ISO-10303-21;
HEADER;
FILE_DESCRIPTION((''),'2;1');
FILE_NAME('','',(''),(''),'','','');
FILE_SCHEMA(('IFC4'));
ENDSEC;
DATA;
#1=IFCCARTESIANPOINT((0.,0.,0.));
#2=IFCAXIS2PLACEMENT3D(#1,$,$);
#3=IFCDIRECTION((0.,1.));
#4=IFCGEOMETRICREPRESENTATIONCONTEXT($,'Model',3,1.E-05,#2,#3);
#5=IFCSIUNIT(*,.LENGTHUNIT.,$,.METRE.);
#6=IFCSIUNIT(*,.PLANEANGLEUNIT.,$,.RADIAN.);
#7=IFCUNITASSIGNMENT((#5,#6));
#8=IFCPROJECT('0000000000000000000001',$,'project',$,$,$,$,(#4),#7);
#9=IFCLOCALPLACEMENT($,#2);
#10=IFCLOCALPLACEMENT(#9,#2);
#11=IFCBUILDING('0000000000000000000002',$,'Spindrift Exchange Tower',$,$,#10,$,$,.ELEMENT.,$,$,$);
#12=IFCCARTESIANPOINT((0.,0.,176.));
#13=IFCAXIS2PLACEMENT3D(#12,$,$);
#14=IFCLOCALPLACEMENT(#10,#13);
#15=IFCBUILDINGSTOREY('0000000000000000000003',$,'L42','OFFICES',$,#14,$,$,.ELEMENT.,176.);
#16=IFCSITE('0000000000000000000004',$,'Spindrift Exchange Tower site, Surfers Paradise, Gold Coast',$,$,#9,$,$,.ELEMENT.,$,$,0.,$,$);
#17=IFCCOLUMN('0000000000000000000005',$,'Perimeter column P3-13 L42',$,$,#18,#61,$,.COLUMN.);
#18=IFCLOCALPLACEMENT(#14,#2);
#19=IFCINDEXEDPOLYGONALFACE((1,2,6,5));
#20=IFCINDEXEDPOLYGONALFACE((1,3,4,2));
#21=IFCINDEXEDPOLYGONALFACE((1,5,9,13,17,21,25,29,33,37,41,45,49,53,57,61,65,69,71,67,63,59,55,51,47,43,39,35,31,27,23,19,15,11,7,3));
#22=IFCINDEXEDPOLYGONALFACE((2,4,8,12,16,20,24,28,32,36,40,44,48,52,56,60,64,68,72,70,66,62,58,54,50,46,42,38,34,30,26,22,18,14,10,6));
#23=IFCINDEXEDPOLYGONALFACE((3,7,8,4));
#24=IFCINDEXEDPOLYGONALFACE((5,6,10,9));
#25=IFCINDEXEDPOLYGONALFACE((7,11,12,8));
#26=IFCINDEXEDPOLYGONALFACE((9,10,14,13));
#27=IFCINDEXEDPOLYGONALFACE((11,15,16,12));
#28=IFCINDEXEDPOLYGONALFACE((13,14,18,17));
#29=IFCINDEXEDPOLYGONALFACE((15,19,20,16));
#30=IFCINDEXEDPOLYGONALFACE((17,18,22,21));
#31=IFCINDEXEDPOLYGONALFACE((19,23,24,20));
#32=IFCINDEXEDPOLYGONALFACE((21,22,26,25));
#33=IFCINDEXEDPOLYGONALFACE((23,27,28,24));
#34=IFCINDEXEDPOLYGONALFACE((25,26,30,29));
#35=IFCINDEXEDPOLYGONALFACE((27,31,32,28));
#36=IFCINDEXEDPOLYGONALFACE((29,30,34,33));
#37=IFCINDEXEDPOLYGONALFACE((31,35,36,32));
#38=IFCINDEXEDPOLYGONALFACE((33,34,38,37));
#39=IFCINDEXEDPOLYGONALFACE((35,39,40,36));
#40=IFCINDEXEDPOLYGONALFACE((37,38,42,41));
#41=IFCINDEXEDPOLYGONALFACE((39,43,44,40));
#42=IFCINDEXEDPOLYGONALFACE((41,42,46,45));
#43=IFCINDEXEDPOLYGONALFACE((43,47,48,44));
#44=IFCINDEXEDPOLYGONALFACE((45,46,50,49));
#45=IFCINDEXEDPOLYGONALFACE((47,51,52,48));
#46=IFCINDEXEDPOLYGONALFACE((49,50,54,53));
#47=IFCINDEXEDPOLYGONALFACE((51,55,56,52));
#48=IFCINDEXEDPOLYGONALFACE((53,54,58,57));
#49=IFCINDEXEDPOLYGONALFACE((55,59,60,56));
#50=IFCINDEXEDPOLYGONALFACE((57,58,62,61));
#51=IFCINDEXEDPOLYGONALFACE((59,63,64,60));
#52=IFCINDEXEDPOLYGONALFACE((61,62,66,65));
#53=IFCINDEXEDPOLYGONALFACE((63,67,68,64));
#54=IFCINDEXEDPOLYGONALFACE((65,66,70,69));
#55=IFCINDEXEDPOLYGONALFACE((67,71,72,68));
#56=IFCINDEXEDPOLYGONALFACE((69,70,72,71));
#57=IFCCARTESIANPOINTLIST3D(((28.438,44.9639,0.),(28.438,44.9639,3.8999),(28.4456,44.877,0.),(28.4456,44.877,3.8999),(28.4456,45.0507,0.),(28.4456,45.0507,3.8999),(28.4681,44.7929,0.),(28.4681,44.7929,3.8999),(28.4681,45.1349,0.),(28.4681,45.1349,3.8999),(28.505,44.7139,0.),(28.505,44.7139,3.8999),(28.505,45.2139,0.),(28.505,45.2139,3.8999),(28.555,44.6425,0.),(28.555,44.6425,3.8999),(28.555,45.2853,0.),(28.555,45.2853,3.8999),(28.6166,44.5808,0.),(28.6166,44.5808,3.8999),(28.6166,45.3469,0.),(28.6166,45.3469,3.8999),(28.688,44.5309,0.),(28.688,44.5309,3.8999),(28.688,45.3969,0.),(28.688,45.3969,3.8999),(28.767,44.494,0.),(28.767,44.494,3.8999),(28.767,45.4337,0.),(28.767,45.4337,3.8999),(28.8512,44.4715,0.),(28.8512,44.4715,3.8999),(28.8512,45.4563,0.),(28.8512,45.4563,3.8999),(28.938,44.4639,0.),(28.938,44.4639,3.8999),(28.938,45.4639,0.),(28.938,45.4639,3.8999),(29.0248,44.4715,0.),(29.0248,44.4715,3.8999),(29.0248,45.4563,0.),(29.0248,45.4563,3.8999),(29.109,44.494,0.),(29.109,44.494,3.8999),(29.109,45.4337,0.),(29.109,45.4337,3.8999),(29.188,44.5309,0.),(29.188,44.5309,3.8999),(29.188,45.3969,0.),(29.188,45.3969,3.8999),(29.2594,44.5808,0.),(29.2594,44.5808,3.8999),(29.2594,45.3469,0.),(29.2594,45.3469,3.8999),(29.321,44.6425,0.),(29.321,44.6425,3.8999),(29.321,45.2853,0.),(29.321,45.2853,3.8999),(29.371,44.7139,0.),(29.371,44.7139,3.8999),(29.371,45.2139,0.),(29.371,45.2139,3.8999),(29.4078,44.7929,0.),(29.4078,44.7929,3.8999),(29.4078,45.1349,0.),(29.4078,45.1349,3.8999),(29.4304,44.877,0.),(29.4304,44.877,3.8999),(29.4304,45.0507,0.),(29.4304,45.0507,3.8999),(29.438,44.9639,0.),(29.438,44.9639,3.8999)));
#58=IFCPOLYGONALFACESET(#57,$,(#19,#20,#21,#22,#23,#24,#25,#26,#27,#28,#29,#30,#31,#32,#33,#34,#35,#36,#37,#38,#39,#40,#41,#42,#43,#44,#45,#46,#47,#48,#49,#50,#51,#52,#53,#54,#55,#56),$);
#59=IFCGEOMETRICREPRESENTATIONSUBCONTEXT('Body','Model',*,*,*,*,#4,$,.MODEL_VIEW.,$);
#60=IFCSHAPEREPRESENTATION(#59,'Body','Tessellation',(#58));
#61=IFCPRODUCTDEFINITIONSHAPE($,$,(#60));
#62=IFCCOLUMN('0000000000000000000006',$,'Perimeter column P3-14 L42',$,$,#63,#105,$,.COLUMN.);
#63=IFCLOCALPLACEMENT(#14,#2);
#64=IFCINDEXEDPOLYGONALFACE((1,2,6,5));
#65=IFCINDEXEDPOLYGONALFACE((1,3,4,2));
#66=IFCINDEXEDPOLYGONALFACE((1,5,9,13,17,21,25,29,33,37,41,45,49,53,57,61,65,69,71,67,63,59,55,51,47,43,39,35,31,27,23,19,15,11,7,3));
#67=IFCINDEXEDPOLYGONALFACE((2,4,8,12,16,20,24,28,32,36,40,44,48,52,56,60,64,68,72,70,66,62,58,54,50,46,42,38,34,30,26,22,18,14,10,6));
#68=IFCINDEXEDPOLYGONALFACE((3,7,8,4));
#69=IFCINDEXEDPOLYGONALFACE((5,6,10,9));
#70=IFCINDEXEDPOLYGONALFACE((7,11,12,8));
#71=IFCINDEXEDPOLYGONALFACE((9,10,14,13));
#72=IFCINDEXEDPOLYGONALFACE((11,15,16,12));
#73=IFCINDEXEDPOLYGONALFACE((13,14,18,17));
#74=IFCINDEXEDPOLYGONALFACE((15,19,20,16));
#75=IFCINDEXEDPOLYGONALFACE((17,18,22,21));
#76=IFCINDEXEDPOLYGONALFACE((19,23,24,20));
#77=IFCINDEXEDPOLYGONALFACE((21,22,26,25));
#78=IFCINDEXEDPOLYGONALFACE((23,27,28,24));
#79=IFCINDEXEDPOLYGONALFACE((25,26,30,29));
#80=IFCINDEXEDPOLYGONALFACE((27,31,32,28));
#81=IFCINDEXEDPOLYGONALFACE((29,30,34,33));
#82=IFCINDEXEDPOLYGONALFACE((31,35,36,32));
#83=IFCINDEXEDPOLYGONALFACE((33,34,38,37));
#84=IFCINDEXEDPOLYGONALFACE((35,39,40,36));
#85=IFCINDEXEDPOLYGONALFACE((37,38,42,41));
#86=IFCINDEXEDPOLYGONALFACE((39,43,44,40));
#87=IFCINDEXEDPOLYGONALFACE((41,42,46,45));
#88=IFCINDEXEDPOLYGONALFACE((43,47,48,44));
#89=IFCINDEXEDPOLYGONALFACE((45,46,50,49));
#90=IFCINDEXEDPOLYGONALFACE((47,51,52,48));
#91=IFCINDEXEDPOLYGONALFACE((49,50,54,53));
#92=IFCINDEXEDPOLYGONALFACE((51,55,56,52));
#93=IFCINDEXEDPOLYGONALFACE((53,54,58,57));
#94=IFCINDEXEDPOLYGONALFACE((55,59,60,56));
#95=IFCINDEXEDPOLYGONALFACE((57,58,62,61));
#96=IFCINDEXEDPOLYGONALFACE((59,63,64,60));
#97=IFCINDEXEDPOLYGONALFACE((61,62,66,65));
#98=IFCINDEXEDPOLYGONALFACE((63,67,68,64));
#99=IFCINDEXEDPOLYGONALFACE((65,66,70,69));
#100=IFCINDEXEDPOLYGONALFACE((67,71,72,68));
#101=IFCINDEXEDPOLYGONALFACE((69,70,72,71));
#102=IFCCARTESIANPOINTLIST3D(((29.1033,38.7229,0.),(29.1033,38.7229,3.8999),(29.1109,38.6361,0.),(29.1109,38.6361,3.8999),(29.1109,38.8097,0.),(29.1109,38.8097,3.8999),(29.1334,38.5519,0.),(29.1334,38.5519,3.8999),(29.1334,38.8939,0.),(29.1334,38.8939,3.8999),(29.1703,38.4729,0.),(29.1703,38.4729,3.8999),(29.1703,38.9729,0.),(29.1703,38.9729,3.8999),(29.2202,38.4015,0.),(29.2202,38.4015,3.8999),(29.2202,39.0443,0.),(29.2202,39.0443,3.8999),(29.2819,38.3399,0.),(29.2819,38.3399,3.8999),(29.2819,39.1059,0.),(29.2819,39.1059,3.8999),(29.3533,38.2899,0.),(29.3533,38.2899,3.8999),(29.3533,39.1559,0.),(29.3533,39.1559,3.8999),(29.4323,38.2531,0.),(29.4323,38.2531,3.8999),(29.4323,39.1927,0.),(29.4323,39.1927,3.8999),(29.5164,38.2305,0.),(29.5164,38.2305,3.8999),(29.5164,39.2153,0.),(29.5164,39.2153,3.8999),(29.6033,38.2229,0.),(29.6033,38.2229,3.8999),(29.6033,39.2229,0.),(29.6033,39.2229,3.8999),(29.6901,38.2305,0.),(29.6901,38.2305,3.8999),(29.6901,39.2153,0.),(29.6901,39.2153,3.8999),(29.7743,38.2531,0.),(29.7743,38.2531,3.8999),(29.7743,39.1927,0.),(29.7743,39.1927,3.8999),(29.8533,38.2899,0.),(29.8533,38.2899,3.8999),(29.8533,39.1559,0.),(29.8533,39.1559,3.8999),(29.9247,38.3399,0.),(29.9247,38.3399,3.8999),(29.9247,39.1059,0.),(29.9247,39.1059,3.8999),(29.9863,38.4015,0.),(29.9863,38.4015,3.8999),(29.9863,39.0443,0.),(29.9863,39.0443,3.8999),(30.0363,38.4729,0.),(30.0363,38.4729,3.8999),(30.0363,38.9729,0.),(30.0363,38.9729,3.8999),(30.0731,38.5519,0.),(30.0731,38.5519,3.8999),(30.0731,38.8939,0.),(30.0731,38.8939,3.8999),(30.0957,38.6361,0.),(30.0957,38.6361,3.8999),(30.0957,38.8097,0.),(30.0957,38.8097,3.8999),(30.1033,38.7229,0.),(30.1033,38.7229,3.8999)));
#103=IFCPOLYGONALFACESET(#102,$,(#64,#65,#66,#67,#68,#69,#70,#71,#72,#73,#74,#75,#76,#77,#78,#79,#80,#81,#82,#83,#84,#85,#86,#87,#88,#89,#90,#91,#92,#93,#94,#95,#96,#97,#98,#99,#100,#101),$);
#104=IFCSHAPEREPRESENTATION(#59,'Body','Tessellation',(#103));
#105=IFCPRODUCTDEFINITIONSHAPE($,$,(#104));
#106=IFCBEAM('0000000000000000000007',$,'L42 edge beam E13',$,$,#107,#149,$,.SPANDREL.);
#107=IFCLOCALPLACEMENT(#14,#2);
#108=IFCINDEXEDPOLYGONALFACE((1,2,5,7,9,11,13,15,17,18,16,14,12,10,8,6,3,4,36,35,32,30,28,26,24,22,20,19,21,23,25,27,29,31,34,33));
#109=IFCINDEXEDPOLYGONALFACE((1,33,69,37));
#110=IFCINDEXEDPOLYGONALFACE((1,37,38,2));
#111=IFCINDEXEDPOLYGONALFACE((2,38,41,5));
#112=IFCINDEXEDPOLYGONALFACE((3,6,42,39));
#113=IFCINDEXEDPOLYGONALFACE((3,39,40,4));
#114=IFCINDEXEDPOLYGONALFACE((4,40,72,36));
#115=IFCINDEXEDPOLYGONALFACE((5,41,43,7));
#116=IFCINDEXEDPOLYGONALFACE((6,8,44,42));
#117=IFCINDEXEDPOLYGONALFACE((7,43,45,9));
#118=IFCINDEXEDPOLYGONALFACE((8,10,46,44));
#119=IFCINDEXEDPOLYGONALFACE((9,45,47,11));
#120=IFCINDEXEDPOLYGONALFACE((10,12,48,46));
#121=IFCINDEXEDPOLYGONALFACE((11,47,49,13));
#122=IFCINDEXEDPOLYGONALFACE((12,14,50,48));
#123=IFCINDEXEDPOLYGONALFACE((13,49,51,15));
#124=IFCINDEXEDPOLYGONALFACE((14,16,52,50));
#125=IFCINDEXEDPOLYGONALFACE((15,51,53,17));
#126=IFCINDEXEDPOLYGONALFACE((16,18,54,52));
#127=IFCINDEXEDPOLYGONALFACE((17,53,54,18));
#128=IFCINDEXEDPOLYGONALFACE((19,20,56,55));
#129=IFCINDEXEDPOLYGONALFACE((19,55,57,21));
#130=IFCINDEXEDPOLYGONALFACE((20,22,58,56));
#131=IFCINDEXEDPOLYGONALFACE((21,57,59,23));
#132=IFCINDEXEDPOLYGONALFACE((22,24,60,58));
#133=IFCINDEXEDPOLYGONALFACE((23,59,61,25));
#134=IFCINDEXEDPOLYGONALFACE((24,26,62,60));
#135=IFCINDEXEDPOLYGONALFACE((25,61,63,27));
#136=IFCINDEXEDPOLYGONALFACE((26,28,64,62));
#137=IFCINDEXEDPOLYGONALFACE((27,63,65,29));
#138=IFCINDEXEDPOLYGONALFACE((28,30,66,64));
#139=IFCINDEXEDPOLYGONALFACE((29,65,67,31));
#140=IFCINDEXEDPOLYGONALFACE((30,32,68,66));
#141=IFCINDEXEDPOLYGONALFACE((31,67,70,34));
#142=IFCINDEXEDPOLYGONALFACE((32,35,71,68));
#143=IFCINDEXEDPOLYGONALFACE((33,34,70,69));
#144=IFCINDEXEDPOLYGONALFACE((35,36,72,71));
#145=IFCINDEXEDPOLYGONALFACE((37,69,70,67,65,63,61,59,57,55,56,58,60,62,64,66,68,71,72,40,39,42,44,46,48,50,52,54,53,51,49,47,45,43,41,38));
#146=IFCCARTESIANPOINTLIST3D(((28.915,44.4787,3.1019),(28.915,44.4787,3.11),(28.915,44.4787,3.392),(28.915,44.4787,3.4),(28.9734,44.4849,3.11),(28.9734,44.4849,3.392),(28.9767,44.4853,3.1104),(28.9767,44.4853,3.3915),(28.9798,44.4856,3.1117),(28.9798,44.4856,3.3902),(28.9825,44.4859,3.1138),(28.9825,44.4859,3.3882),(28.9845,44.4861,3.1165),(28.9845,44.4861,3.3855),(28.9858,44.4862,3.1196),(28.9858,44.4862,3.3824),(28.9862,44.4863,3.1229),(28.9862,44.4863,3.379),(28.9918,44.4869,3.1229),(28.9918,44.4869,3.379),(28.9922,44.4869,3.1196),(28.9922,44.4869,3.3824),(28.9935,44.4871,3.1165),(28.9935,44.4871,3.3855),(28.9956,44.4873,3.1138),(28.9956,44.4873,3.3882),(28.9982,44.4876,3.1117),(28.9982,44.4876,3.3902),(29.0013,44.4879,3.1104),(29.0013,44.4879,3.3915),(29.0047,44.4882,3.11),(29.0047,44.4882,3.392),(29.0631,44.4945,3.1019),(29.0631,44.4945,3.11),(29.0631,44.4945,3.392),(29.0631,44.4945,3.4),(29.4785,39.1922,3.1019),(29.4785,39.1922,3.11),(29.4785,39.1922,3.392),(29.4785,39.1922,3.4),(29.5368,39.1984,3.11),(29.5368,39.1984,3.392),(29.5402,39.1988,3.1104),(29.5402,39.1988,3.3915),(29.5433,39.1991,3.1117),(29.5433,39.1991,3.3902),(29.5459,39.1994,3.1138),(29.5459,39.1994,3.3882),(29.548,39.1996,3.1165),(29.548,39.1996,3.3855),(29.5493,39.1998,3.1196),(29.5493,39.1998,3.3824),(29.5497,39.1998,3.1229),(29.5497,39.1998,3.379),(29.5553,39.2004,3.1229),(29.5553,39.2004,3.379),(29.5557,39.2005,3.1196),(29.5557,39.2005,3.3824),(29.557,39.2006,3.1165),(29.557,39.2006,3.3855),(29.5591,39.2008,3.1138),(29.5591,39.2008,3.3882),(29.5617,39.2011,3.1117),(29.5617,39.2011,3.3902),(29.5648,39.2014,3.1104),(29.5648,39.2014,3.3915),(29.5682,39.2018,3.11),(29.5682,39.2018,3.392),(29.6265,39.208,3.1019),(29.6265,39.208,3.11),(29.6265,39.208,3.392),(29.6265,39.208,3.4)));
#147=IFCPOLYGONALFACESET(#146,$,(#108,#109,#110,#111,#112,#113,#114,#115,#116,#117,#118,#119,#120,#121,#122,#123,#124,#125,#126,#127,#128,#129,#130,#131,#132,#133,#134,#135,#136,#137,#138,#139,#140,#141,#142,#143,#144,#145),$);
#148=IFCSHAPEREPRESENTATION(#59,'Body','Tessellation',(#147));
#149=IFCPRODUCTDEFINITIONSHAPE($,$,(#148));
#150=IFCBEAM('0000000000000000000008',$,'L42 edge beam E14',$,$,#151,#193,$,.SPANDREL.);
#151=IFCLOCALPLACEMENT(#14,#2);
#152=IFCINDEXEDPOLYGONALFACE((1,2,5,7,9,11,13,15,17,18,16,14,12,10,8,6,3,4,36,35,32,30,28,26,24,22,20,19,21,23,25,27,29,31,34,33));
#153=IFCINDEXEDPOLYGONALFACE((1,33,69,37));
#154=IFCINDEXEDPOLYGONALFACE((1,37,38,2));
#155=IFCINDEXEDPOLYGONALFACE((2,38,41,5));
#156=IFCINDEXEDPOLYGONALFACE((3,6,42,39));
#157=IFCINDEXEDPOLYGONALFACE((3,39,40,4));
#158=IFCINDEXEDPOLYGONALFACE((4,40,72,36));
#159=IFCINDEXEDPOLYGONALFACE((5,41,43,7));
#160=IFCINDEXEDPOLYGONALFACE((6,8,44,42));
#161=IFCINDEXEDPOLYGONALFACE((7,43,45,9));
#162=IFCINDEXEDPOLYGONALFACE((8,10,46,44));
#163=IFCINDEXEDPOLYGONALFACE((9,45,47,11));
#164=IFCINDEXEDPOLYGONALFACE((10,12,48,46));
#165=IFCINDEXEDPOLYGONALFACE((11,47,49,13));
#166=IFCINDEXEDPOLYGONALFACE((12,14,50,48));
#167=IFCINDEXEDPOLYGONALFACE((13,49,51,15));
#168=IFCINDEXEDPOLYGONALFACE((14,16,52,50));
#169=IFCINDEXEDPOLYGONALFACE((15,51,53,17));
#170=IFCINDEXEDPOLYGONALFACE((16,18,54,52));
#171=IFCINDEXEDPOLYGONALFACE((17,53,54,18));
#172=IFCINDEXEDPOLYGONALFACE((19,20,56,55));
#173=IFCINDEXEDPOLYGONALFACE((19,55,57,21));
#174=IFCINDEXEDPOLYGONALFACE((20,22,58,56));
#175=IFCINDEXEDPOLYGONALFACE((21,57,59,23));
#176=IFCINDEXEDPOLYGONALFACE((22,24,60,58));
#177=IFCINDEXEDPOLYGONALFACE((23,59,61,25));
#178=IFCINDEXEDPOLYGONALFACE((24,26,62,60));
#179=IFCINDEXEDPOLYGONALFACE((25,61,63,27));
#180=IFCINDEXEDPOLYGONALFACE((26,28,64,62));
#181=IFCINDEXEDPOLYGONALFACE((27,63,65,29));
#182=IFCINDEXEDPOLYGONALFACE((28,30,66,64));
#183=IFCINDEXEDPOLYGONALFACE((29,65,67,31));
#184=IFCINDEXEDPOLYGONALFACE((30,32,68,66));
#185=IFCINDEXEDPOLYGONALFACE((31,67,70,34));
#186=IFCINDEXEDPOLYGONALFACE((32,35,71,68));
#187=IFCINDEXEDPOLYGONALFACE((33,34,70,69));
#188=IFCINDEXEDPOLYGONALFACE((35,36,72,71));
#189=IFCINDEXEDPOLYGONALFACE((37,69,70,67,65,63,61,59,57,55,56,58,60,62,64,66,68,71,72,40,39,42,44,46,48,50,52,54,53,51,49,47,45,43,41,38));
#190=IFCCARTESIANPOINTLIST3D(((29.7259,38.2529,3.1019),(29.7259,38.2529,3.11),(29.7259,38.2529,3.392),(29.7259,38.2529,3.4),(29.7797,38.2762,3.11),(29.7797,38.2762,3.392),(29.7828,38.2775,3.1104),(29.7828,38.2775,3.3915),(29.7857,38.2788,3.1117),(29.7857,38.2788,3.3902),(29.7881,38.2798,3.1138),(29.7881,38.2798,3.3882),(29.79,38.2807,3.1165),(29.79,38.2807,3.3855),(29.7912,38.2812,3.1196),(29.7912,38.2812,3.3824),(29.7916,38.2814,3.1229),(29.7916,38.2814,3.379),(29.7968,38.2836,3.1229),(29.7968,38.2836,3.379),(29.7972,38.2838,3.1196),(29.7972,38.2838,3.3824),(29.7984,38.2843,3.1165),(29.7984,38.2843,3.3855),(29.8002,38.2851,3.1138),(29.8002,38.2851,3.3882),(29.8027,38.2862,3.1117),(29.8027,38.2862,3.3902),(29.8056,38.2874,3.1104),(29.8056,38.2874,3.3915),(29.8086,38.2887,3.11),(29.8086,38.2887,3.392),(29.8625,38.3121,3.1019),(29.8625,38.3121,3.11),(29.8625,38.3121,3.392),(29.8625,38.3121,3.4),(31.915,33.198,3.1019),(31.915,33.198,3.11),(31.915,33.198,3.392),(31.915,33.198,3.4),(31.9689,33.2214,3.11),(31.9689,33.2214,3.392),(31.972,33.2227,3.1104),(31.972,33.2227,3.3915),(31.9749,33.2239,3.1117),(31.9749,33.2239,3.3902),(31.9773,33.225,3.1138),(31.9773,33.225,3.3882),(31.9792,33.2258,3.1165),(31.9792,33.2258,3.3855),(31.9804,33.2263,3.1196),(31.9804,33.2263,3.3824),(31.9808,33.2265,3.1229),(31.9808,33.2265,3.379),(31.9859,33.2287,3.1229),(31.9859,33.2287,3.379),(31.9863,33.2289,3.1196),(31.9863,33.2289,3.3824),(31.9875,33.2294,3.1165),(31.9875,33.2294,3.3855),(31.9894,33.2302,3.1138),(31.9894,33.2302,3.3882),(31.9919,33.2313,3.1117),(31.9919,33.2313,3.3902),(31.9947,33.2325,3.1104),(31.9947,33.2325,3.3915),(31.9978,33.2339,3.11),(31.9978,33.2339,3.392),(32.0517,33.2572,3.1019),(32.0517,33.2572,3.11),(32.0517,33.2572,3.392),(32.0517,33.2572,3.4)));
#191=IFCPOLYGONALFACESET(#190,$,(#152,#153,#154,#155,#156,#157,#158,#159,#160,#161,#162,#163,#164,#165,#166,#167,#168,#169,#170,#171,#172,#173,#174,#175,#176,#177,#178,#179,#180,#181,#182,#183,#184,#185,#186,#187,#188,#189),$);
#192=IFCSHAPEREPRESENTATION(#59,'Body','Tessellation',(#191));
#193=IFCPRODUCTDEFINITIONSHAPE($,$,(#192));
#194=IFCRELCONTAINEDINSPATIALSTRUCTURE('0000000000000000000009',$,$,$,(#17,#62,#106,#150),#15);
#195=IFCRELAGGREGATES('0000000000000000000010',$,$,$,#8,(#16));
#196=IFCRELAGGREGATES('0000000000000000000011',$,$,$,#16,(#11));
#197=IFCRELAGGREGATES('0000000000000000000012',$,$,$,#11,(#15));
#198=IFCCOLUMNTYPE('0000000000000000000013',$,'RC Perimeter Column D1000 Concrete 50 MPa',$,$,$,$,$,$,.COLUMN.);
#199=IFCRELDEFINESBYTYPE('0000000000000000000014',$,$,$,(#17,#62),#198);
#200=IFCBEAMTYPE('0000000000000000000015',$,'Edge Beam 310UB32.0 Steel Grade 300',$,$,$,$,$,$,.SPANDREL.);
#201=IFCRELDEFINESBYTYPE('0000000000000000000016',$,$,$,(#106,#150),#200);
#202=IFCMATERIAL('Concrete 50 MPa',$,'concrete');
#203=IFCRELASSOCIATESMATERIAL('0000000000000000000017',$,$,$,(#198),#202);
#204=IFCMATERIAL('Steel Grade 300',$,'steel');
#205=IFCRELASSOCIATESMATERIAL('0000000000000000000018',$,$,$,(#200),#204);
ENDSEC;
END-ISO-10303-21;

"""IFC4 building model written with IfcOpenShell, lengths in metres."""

from ifc_helpers import new_model, si_unit, direction, frame, origin, origin_2d, place, context, subcontext, project, spatial, circle, i_section, extrude, source, transform, mapped, material, material_profile, profile_set, type_object, element, save


model = new_model("IFC4")

# Units and contexts
model_context = context("Model", 3, precision=1e-05, world=origin(), true_north=direction((0.0, 1.0)))
body_context = subcontext(model_context, "Body", "Model", "MODEL_VIEW")
ifc_project = project(units=[si_unit("LENGTHUNIT", "METRE"), si_unit("PLANEANGLEUNIT", "RADIAN")], contexts=[model_context])

# Site, building, storey
site_placement = place(None, origin())
site = spatial("IfcSite", under=ifc_project, at=site_placement, Name="Spindrift Exchange Tower site, Surfers Paradise, Gold Coast", CompositionType="ELEMENT", RefElevation=0.0)
building_placement = place(site_placement, origin())
building = spatial("IfcBuilding", under=site, at=building_placement, Name="Spindrift Exchange Tower", CompositionType="ELEMENT")
storey_placement = place(building_placement, frame((0.0, 0.0, 176.0)))
storey = spatial("IfcBuildingStorey", under=building, at=storey_placement, Name="L42", Description="OFFICES", CompositionType="ELEMENT", Elevation=176.0)

# Columns
ifc_material_1 = material(Name="Concrete 50 MPa", Category="concrete")
ifc_material_profile_1 = material_profile(ifc_material_1, circle(Radius=0.5, at=origin_2d()), Name="RC D1000")
ifc_profile_set_1 = profile_set([ifc_material_profile_1], Name="Concrete 50 MPa")
column_type = type_object("IfcColumnType", Name="RC Perimeter Column D1000 Concrete 50 MPa", PredefinedType="COLUMN", material=ifc_profile_set_1)
shared_shape_1 = source(origin(), body_context, "Body", "SweptSolid", [
    extrude(circle(Radius=0.5, at=origin_2d()), origin(), (0.0, 0.0, 1.0), 3.8999),
])
for number, where, z_axis, x_axis, name in (
    (1, (28.938, 44.9639, 0.0), (0.0, 0.0, 1.0), (1.0, 0.0, 0.0), "Perimeter column P3-13 L42"),
    (2, (29.6033, 38.7229, 0.0), (0.0, 0.0, 1.0), (1.0, 0.0, 0.0), "Perimeter column P3-14 L42"),
):
    element("IfcColumn", number, at=place(storey_placement, frame(where, z_axis=z_axis, x_axis=x_axis)), inside=storey, type_object=column_type, Name=name, PredefinedType="COLUMN", context=body_context, shape_type="MappedRepresentation", body=[
        mapped(shared_shape_1, transform((0.0, 0.0, 0.0), scale=1.0)),
    ])

# Beams
ifc_material_2 = material(Name="Steel Grade 300", Category="steel")
ifc_material_profile_2 = material_profile(ifc_material_2, i_section(OverallWidth=0.1489, OverallDepth=0.2981, WebThickness=0.0056, FlangeThickness=0.0081, FilletRadius=0.0129, at=origin_2d()), Name="310UB32.0")
ifc_profile_set_2 = profile_set([ifc_material_profile_2], Name="Steel Grade 300")
beam_type_1 = type_object("IfcBeamType", Name="Edge Beam 310UB32.0 Steel Grade 300", PredefinedType="SPANDREL", material=ifc_profile_set_2)
shared_shape_2 = source(origin(), body_context, "Body", "SweptSolid", [
    extrude(i_section(OverallWidth=0.1489, OverallDepth=0.2981, WebThickness=0.0056, FlangeThickness=0.0081, FilletRadius=0.0129, at=origin_2d()), origin(), (0.0, 0.0, 1.0), 5.3164),
])
beam_1_placement = place(storey_placement, frame((28.989, 44.4866, 3.251), z_axis=(0.10599, -0.994367, 0.0), x_axis=(0.994367, 0.10599, 0.0)))
element("IfcBeam", 3, at=beam_1_placement, inside=storey, type_object=beam_type_1, Name="L42 edge beam E13", PredefinedType="SPANDREL", context=body_context, shape_type="MappedRepresentation", body=[
    mapped(shared_shape_2, transform((0.0, 0.0, 0.0), scale=1.0)),
])
shared_shape_3 = source(origin(), body_context, "Body", "SweptSolid", [
    extrude(i_section(OverallWidth=0.1489, OverallDepth=0.2981, WebThickness=0.0056, FlangeThickness=0.0081, FilletRadius=0.0129, at=origin_2d()), origin(), (0.0, 0.0, 1.0), 5.5085),
])
beam_2_placement = place(storey_placement, frame((29.7942, 38.2825, 3.251), z_axis=(0.397415, -0.917639, 0.0), x_axis=(0.917639, 0.397415, 0.0)))
element("IfcBeam", 4, at=beam_2_placement, inside=storey, type_object=beam_type_1, Name="L42 edge beam E14", PredefinedType="SPANDREL", context=body_context, shape_type="MappedRepresentation", body=[
    mapped(shared_shape_3, transform((0.0, 0.0, 0.0), scale=1.0)),
])

save(model, "model.ifc")
